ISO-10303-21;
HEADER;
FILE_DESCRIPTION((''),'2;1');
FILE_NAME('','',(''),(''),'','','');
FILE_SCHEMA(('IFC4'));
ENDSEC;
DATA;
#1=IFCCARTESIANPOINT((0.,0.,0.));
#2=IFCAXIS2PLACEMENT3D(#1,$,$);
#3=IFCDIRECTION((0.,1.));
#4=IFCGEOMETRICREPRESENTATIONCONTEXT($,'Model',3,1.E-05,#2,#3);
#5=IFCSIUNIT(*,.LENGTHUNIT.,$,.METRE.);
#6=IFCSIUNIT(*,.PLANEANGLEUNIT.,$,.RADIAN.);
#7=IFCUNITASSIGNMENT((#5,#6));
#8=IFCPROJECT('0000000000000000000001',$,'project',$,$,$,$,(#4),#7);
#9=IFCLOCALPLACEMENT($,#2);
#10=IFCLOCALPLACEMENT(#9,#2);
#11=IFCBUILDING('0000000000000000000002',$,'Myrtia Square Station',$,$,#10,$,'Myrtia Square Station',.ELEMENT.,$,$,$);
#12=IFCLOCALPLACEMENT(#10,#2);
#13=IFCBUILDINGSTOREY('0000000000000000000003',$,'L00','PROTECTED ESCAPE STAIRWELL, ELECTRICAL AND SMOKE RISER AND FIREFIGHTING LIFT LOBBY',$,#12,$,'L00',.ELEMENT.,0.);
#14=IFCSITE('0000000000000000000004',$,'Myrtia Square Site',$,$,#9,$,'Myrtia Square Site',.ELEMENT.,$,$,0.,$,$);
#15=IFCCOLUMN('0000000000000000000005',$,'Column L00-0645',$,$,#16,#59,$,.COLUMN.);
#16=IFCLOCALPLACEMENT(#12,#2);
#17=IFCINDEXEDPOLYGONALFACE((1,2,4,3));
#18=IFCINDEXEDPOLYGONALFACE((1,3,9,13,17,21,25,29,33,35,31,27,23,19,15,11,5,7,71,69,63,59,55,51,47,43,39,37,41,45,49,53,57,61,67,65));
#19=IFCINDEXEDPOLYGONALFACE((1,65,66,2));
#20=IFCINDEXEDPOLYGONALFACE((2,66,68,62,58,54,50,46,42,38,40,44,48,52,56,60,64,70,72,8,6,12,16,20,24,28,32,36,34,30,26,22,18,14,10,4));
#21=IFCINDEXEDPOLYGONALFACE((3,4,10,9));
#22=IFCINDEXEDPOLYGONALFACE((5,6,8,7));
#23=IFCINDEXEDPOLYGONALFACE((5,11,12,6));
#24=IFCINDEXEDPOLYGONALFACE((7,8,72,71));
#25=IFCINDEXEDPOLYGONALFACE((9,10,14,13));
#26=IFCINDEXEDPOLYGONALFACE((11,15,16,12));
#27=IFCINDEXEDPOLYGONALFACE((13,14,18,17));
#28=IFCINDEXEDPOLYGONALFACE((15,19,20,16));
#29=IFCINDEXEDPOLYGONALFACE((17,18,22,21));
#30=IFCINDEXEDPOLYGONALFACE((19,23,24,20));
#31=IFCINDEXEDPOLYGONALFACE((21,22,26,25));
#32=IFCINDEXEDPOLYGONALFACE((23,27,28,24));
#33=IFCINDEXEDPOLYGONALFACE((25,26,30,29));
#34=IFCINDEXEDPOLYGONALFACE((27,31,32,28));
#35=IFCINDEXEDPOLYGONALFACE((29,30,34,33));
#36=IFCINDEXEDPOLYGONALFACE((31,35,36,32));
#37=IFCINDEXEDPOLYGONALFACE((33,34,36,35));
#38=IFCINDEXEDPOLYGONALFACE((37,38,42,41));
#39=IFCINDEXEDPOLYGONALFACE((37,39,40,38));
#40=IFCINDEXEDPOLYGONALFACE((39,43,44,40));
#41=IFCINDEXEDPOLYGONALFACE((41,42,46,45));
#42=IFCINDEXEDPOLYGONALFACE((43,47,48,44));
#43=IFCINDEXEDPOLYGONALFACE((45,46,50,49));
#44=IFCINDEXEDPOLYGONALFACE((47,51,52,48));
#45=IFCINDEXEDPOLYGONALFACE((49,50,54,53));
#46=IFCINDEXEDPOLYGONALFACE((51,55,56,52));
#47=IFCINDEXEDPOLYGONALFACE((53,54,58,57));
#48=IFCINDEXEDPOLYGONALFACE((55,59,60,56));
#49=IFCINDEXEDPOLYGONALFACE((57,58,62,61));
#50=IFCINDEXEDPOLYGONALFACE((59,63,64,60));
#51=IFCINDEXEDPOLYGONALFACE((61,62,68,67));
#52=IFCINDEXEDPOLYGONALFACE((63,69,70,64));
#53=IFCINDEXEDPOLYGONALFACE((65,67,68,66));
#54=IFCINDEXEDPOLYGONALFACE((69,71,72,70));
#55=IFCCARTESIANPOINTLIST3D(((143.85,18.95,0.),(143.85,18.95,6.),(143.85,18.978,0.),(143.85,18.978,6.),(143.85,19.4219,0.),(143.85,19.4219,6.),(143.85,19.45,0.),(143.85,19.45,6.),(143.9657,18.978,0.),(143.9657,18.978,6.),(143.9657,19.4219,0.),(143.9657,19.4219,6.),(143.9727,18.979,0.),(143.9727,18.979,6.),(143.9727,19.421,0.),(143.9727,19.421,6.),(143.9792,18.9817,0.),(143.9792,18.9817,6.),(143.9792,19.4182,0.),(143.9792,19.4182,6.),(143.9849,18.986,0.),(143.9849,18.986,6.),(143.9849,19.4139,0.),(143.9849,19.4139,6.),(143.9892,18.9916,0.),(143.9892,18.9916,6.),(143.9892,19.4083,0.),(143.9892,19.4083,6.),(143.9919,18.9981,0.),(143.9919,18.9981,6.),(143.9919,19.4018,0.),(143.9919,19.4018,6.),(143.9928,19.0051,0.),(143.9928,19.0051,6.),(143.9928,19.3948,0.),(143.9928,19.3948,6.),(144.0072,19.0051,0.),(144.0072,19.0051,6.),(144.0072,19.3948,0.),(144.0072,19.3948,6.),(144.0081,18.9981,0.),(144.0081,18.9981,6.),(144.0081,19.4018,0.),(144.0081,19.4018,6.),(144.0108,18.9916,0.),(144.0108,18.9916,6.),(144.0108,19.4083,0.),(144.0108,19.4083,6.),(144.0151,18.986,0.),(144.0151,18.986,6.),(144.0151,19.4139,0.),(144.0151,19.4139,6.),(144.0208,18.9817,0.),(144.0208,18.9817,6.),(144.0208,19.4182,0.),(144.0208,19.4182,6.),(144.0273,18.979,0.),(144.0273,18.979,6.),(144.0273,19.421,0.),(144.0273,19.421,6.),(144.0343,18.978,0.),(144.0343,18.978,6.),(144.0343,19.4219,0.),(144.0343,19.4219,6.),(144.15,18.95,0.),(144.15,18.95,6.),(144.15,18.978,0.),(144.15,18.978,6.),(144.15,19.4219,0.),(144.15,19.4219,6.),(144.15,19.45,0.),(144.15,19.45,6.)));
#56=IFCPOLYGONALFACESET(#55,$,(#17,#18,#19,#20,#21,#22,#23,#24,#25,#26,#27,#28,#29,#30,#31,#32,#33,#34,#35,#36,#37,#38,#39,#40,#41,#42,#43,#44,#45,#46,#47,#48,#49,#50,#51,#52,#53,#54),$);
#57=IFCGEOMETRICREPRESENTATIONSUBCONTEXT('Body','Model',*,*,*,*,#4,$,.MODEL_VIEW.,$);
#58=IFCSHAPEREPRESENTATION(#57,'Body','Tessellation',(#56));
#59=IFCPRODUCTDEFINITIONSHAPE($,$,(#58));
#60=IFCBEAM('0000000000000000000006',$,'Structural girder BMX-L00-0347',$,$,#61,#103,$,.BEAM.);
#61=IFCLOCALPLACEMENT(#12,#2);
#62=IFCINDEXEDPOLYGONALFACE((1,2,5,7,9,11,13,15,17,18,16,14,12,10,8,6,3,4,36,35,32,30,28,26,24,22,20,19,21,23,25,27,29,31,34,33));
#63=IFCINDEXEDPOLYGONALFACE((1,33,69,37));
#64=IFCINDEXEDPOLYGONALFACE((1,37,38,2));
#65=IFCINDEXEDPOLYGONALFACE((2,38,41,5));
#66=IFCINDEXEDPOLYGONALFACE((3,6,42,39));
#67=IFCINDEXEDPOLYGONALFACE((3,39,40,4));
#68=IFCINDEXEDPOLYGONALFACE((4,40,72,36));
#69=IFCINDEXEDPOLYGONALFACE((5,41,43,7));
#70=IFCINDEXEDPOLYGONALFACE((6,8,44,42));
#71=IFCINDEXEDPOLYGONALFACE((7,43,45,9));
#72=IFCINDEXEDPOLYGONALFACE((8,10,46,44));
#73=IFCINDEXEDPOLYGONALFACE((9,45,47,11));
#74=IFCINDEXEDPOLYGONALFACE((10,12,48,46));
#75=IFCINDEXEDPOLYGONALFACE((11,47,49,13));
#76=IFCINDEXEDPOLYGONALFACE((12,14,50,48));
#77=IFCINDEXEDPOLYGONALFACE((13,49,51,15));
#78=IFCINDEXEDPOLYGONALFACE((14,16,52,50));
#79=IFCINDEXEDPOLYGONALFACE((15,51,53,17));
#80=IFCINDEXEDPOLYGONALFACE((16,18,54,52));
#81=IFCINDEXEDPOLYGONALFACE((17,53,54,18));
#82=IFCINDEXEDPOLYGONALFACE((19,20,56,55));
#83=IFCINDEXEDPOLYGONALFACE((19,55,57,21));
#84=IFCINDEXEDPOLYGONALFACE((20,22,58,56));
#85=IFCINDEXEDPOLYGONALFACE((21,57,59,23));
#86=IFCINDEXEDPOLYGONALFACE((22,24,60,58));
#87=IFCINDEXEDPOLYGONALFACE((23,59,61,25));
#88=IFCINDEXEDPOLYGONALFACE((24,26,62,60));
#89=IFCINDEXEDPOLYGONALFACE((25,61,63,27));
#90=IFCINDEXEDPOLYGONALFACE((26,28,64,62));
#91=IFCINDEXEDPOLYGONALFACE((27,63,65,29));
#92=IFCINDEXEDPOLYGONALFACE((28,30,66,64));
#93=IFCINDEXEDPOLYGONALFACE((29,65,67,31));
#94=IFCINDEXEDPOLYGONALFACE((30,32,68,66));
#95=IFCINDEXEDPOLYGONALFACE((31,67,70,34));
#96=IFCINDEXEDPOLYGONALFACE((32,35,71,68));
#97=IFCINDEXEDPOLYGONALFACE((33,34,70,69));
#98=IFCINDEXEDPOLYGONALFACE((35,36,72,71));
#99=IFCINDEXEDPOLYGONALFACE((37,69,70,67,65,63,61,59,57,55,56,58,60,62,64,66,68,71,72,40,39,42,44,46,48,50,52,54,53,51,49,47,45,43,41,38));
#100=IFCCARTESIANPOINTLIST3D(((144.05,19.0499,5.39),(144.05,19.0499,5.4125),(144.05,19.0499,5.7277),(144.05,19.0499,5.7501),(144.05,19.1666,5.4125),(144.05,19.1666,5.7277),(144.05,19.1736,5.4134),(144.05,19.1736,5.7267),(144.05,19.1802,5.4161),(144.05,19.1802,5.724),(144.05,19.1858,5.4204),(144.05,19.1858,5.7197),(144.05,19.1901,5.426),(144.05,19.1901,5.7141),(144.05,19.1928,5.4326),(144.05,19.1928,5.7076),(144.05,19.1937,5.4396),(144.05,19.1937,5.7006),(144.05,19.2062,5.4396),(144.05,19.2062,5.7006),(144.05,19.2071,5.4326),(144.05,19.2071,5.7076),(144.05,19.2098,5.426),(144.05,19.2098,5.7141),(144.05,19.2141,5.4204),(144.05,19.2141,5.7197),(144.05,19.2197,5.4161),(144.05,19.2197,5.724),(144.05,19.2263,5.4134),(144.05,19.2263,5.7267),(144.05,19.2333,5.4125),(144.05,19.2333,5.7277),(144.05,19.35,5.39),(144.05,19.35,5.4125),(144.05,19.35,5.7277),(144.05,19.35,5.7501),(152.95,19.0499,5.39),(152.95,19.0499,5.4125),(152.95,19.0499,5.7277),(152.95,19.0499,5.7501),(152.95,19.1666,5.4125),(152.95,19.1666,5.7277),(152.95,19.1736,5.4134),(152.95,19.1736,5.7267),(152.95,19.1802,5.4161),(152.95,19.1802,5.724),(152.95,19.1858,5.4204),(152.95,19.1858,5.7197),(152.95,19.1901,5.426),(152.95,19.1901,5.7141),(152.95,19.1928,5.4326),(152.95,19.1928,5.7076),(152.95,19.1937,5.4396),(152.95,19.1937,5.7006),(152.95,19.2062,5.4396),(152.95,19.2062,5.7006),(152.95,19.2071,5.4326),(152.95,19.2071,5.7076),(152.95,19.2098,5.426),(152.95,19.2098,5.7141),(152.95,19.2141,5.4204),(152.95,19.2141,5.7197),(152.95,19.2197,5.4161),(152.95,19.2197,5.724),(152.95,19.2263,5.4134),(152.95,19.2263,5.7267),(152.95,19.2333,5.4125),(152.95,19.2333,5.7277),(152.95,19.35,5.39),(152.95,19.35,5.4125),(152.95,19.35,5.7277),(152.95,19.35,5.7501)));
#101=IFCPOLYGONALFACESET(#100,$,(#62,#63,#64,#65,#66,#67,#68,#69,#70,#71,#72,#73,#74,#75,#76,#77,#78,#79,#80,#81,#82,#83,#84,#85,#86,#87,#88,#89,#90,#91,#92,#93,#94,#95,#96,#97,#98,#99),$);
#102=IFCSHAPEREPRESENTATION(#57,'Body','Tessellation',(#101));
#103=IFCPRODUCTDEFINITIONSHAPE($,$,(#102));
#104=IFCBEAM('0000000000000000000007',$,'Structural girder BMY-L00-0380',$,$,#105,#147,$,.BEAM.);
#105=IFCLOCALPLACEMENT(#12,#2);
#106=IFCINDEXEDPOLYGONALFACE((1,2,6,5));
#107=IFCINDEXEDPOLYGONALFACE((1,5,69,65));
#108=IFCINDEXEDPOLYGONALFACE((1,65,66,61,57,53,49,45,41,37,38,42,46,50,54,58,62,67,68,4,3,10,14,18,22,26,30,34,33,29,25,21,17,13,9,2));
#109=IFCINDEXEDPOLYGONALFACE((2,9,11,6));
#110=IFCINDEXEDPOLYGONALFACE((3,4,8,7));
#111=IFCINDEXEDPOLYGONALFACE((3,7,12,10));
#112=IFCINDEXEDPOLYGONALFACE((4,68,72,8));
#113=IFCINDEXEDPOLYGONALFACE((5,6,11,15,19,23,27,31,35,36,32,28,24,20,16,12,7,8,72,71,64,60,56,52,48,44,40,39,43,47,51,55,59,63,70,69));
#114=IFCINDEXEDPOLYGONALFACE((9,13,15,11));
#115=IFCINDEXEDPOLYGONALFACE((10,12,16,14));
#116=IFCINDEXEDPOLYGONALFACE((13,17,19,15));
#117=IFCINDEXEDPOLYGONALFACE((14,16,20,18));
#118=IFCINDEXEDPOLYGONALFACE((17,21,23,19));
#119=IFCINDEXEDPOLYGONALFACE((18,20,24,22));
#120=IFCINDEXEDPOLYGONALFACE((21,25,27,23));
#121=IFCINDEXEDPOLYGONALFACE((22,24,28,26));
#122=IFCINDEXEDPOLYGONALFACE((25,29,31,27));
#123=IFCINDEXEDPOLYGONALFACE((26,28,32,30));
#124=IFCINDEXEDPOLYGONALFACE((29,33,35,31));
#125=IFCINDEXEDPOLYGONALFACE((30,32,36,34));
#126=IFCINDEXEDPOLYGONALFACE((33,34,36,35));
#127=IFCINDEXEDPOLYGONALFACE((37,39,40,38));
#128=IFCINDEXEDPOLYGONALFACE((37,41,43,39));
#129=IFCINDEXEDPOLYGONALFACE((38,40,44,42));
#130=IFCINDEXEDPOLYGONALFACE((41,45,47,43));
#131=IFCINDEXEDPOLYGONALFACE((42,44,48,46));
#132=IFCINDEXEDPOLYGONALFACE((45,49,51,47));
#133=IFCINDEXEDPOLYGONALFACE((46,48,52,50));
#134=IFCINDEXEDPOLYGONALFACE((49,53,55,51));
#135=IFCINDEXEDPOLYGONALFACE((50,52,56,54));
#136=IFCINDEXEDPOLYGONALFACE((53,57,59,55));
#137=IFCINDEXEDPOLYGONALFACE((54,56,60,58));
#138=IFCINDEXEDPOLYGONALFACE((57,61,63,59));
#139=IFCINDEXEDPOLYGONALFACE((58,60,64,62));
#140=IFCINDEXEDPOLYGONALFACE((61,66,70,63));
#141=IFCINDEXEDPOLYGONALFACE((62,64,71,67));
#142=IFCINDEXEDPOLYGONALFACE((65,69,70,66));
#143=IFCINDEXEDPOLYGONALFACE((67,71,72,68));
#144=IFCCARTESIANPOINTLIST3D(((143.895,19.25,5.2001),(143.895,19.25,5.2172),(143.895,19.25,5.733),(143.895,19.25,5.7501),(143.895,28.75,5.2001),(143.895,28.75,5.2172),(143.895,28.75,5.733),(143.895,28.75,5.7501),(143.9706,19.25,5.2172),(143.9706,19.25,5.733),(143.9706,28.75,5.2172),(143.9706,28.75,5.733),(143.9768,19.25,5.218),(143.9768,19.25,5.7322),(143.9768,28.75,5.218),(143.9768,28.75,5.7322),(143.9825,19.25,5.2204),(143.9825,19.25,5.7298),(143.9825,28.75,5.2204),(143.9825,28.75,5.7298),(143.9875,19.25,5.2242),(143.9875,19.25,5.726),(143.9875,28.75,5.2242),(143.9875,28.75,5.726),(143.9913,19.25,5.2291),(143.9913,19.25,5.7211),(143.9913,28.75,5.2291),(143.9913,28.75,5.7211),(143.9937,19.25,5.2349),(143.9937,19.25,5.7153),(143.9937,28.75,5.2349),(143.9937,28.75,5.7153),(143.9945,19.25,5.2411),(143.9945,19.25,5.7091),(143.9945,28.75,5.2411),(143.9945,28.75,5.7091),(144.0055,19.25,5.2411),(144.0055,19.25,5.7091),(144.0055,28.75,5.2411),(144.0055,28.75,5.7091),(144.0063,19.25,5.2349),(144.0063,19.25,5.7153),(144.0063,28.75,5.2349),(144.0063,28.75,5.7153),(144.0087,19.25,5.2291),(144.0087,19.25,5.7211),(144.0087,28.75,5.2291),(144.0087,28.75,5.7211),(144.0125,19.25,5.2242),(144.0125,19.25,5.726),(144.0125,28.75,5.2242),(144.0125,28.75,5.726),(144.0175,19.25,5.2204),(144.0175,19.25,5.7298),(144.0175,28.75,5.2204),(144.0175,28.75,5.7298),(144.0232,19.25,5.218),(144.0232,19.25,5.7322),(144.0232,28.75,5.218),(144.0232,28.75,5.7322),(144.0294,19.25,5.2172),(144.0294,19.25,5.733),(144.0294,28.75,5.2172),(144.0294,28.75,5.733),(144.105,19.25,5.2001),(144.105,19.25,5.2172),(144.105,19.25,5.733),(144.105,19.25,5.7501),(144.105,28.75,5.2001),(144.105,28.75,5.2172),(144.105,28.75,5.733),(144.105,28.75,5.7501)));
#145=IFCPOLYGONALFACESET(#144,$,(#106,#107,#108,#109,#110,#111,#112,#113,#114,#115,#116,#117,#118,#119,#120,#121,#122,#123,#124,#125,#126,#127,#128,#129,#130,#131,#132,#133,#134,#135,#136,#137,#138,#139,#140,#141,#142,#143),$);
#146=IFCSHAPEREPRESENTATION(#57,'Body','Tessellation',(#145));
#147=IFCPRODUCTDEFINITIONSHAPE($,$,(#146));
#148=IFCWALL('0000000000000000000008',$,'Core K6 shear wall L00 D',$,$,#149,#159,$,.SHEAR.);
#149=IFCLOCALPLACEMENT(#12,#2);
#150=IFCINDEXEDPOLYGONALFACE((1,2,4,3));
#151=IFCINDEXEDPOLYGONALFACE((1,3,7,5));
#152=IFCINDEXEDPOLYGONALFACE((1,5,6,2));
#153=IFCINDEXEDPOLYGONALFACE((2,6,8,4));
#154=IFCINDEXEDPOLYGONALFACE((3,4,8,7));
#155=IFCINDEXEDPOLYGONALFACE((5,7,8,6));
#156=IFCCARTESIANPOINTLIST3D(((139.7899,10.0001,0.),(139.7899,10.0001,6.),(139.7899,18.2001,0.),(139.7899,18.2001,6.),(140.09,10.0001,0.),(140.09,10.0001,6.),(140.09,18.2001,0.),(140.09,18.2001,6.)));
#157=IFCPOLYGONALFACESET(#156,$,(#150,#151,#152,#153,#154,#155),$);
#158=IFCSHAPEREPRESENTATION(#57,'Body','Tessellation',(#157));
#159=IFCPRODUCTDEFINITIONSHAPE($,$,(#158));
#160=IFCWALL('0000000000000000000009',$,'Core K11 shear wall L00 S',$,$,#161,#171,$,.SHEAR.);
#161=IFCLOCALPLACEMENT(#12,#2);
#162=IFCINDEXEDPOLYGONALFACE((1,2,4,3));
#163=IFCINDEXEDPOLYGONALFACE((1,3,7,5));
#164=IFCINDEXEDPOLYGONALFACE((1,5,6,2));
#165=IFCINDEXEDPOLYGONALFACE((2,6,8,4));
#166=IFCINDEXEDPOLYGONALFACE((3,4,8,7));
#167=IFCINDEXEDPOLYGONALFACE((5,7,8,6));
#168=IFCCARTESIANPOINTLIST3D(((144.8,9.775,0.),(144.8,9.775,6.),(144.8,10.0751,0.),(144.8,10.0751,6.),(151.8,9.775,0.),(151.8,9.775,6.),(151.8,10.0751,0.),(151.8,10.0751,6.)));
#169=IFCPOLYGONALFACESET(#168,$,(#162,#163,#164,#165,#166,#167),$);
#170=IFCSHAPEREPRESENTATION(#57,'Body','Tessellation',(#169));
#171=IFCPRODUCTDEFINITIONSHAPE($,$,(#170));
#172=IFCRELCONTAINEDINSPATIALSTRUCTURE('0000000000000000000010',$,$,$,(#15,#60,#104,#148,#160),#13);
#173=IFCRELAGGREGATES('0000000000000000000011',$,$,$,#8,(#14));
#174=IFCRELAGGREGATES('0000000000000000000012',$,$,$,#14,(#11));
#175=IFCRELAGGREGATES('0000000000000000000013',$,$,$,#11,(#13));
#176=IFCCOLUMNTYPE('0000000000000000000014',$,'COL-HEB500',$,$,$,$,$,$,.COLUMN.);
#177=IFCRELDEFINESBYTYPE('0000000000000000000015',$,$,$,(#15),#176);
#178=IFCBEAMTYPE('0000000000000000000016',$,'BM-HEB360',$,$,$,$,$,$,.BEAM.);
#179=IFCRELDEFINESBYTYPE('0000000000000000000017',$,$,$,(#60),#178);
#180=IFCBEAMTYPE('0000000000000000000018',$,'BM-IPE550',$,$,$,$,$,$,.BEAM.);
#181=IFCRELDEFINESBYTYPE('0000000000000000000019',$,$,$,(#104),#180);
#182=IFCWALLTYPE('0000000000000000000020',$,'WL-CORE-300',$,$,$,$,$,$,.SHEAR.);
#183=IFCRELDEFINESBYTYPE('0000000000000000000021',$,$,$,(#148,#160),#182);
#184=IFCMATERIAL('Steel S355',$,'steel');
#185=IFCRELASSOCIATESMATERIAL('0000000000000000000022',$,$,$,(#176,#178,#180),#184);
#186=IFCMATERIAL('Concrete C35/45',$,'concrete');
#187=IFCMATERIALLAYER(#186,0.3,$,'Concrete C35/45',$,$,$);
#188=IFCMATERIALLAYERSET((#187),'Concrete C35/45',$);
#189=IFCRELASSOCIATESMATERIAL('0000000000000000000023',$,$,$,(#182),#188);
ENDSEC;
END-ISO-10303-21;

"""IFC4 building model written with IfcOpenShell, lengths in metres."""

from ifc_helpers import new_model, si_unit, direction, frame, frame_2d, origin, origin_2d, place, context, subcontext, project, spatial, rectangle, i_section, extrude, material, layer, layer_set, material_profile, profile_set, type_object, element, save


model = new_model("IFC4")

# Units and contexts
model_context = context("Model", 3, precision=1e-05, world=origin(), true_north=direction((0.0, 1.0)))
body_context = subcontext(model_context, "Body", "Model", "MODEL_VIEW")
ifc_project = project(units=[si_unit("LENGTHUNIT", "METRE"), si_unit("PLANEANGLEUNIT", "RADIAN")], contexts=[model_context])

# Site, building, storey
site_placement = place(None, origin())
site = spatial("IfcSite", under=ifc_project, at=site_placement, Name="Myrtia Square Site", LongName="Myrtia Square Site", CompositionType="ELEMENT", RefElevation=0.0)
building_placement = place(site_placement, origin())
building = spatial("IfcBuilding", under=site, at=building_placement, Name="Myrtia Square Station", LongName="Myrtia Square Station", CompositionType="ELEMENT")
storey_placement = place(building_placement, origin())
storey = spatial("IfcBuildingStorey", under=building, at=storey_placement, Name="L00", Description="PROTECTED ESCAPE STAIRWELL, ELECTRICAL AND SMOKE RISER AND FIREFIGHTING LIFT LOBBY", LongName="L00", CompositionType="ELEMENT", Elevation=0.0)

# Column
ifc_material_1 = material(Name="Steel S355", Category="steel")
ifc_material_profile_1 = material_profile(ifc_material_1, i_section(OverallWidth=0.3, OverallDepth=0.5, WebThickness=0.0144, FlangeThickness=0.0281, FilletRadius=0.0271, at=origin_2d()), Name="HEB 500")
ifc_profile_set_1 = profile_set([ifc_material_profile_1], Name="Steel S355")
column_type = type_object("IfcColumnType", Name="COL-HEB500", PredefinedType="COLUMN", material=ifc_profile_set_1)
column_placement = place(storey_placement, frame((144.0, 19.2, 0.0), z_axis=(0.0, 0.0, 1.0), x_axis=(1.0, 0.0, 0.0)))
element("IfcColumn", 1, at=column_placement, inside=storey, type_object=column_type, Name="Column L00-0645", PredefinedType="COLUMN", context=body_context, shape_type="SweptSolid", body=[
    extrude(i_section(OverallWidth=0.3, OverallDepth=0.5, WebThickness=0.0144, FlangeThickness=0.0281, FilletRadius=0.0271, at=origin_2d()), origin(), (0.0, 0.0, 1.0), 6.0),
])

# Beams
ifc_material_profile_2 = material_profile(ifc_material_1, i_section(OverallWidth=0.3, OverallDepth=0.3601, WebThickness=0.0125, FlangeThickness=0.0225, FilletRadius=0.0271, at=origin_2d()), Name="HEB 360")
ifc_profile_set_2 = profile_set([ifc_material_profile_2], Name="Steel S355")
beam_type_1 = type_object("IfcBeamType", Name="BM-HEB360", PredefinedType="BEAM", material=ifc_profile_set_2)
beam_1_placement = place(storey_placement, frame((144.05, 19.2, 5.5701), z_axis=(1.0, 0.0, 0.0), x_axis=(0.0, 1.0, 0.0)))
element("IfcBeam", 2, at=beam_1_placement, inside=storey, type_object=beam_type_1, Name="Structural girder BMX-L00-0347", PredefinedType="BEAM", context=body_context, shape_type="SweptSolid", body=[
    extrude(i_section(OverallWidth=0.3, OverallDepth=0.3601, WebThickness=0.0125, FlangeThickness=0.0225, FilletRadius=0.0271, at=origin_2d()), origin(), (0.0, 0.0, 1.0), 8.8999),
])
ifc_material_profile_3 = material_profile(ifc_material_1, i_section(OverallWidth=0.21, OverallDepth=0.55, WebThickness=0.011, FlangeThickness=0.0171, FilletRadius=0.0239, at=origin_2d()), Name="IPE 550")
ifc_profile_set_3 = profile_set([ifc_material_profile_3], Name="Steel S355")
beam_type_2 = type_object("IfcBeamType", Name="BM-IPE550", PredefinedType="BEAM", material=ifc_profile_set_3)
beam_2_placement = place(storey_placement, frame((144.0, 19.25, 5.4751), z_axis=(0.0, 1.0, 0.0), x_axis=(-1.0, 0.0, 0.0)))
element("IfcBeam", 3, at=beam_2_placement, inside=storey, type_object=beam_type_2, Name="Structural girder BMY-L00-0380", PredefinedType="BEAM", context=body_context, shape_type="SweptSolid", body=[
    extrude(i_section(OverallWidth=0.21, OverallDepth=0.55, WebThickness=0.011, FlangeThickness=0.0171, FilletRadius=0.0239, at=origin_2d()), origin(), (0.0, 0.0, 1.0), 9.5),
])

# Walls
ifc_material_2 = material(Name="Concrete C35/45", Category="concrete")
ifc_layer_1 = layer(ifc_material_2, 0.3, Name="Concrete C35/45")
ifc_layer_set_1 = layer_set([ifc_layer_1], Name="Concrete C35/45")
wall_type_1 = type_object("IfcWallType", Name="WL-CORE-300", PredefinedType="SHEAR", material=ifc_layer_set_1)
wall_1_placement = place(storey_placement, frame((139.9399, 10.0, 0.0), z_axis=(0.0, 0.0, 1.0), x_axis=(0.0, 1.0, 0.0)))
element("IfcWall", 4, at=wall_1_placement, inside=storey, type_object=wall_type_1, Name="Core K6 shear wall L00 D", PredefinedType="SHEAR", context=body_context, shape_type="SweptSolid", body=[
    extrude(rectangle(XDim=8.2, YDim=0.3, at=frame_2d((4.1001, 0.0))), origin(), (0.0, 0.0, 1.0), 6.0),
])
wall_2_placement = place(storey_placement, frame((144.8, 9.925, 0.0), z_axis=(0.0, 0.0, 1.0), x_axis=(1.0, 0.0, 0.0)))
element("IfcWall", 5, at=wall_2_placement, inside=storey, type_object=wall_type_1, Name="Core K11 shear wall L00 S", PredefinedType="SHEAR", context=body_context, shape_type="SweptSolid", body=[
    extrude(rectangle(XDim=7.0, YDim=0.3, at=frame_2d((3.5, 0.0))), origin(), (0.0, 0.0, 1.0), 6.0),
])

save(model, "model.ifc")
